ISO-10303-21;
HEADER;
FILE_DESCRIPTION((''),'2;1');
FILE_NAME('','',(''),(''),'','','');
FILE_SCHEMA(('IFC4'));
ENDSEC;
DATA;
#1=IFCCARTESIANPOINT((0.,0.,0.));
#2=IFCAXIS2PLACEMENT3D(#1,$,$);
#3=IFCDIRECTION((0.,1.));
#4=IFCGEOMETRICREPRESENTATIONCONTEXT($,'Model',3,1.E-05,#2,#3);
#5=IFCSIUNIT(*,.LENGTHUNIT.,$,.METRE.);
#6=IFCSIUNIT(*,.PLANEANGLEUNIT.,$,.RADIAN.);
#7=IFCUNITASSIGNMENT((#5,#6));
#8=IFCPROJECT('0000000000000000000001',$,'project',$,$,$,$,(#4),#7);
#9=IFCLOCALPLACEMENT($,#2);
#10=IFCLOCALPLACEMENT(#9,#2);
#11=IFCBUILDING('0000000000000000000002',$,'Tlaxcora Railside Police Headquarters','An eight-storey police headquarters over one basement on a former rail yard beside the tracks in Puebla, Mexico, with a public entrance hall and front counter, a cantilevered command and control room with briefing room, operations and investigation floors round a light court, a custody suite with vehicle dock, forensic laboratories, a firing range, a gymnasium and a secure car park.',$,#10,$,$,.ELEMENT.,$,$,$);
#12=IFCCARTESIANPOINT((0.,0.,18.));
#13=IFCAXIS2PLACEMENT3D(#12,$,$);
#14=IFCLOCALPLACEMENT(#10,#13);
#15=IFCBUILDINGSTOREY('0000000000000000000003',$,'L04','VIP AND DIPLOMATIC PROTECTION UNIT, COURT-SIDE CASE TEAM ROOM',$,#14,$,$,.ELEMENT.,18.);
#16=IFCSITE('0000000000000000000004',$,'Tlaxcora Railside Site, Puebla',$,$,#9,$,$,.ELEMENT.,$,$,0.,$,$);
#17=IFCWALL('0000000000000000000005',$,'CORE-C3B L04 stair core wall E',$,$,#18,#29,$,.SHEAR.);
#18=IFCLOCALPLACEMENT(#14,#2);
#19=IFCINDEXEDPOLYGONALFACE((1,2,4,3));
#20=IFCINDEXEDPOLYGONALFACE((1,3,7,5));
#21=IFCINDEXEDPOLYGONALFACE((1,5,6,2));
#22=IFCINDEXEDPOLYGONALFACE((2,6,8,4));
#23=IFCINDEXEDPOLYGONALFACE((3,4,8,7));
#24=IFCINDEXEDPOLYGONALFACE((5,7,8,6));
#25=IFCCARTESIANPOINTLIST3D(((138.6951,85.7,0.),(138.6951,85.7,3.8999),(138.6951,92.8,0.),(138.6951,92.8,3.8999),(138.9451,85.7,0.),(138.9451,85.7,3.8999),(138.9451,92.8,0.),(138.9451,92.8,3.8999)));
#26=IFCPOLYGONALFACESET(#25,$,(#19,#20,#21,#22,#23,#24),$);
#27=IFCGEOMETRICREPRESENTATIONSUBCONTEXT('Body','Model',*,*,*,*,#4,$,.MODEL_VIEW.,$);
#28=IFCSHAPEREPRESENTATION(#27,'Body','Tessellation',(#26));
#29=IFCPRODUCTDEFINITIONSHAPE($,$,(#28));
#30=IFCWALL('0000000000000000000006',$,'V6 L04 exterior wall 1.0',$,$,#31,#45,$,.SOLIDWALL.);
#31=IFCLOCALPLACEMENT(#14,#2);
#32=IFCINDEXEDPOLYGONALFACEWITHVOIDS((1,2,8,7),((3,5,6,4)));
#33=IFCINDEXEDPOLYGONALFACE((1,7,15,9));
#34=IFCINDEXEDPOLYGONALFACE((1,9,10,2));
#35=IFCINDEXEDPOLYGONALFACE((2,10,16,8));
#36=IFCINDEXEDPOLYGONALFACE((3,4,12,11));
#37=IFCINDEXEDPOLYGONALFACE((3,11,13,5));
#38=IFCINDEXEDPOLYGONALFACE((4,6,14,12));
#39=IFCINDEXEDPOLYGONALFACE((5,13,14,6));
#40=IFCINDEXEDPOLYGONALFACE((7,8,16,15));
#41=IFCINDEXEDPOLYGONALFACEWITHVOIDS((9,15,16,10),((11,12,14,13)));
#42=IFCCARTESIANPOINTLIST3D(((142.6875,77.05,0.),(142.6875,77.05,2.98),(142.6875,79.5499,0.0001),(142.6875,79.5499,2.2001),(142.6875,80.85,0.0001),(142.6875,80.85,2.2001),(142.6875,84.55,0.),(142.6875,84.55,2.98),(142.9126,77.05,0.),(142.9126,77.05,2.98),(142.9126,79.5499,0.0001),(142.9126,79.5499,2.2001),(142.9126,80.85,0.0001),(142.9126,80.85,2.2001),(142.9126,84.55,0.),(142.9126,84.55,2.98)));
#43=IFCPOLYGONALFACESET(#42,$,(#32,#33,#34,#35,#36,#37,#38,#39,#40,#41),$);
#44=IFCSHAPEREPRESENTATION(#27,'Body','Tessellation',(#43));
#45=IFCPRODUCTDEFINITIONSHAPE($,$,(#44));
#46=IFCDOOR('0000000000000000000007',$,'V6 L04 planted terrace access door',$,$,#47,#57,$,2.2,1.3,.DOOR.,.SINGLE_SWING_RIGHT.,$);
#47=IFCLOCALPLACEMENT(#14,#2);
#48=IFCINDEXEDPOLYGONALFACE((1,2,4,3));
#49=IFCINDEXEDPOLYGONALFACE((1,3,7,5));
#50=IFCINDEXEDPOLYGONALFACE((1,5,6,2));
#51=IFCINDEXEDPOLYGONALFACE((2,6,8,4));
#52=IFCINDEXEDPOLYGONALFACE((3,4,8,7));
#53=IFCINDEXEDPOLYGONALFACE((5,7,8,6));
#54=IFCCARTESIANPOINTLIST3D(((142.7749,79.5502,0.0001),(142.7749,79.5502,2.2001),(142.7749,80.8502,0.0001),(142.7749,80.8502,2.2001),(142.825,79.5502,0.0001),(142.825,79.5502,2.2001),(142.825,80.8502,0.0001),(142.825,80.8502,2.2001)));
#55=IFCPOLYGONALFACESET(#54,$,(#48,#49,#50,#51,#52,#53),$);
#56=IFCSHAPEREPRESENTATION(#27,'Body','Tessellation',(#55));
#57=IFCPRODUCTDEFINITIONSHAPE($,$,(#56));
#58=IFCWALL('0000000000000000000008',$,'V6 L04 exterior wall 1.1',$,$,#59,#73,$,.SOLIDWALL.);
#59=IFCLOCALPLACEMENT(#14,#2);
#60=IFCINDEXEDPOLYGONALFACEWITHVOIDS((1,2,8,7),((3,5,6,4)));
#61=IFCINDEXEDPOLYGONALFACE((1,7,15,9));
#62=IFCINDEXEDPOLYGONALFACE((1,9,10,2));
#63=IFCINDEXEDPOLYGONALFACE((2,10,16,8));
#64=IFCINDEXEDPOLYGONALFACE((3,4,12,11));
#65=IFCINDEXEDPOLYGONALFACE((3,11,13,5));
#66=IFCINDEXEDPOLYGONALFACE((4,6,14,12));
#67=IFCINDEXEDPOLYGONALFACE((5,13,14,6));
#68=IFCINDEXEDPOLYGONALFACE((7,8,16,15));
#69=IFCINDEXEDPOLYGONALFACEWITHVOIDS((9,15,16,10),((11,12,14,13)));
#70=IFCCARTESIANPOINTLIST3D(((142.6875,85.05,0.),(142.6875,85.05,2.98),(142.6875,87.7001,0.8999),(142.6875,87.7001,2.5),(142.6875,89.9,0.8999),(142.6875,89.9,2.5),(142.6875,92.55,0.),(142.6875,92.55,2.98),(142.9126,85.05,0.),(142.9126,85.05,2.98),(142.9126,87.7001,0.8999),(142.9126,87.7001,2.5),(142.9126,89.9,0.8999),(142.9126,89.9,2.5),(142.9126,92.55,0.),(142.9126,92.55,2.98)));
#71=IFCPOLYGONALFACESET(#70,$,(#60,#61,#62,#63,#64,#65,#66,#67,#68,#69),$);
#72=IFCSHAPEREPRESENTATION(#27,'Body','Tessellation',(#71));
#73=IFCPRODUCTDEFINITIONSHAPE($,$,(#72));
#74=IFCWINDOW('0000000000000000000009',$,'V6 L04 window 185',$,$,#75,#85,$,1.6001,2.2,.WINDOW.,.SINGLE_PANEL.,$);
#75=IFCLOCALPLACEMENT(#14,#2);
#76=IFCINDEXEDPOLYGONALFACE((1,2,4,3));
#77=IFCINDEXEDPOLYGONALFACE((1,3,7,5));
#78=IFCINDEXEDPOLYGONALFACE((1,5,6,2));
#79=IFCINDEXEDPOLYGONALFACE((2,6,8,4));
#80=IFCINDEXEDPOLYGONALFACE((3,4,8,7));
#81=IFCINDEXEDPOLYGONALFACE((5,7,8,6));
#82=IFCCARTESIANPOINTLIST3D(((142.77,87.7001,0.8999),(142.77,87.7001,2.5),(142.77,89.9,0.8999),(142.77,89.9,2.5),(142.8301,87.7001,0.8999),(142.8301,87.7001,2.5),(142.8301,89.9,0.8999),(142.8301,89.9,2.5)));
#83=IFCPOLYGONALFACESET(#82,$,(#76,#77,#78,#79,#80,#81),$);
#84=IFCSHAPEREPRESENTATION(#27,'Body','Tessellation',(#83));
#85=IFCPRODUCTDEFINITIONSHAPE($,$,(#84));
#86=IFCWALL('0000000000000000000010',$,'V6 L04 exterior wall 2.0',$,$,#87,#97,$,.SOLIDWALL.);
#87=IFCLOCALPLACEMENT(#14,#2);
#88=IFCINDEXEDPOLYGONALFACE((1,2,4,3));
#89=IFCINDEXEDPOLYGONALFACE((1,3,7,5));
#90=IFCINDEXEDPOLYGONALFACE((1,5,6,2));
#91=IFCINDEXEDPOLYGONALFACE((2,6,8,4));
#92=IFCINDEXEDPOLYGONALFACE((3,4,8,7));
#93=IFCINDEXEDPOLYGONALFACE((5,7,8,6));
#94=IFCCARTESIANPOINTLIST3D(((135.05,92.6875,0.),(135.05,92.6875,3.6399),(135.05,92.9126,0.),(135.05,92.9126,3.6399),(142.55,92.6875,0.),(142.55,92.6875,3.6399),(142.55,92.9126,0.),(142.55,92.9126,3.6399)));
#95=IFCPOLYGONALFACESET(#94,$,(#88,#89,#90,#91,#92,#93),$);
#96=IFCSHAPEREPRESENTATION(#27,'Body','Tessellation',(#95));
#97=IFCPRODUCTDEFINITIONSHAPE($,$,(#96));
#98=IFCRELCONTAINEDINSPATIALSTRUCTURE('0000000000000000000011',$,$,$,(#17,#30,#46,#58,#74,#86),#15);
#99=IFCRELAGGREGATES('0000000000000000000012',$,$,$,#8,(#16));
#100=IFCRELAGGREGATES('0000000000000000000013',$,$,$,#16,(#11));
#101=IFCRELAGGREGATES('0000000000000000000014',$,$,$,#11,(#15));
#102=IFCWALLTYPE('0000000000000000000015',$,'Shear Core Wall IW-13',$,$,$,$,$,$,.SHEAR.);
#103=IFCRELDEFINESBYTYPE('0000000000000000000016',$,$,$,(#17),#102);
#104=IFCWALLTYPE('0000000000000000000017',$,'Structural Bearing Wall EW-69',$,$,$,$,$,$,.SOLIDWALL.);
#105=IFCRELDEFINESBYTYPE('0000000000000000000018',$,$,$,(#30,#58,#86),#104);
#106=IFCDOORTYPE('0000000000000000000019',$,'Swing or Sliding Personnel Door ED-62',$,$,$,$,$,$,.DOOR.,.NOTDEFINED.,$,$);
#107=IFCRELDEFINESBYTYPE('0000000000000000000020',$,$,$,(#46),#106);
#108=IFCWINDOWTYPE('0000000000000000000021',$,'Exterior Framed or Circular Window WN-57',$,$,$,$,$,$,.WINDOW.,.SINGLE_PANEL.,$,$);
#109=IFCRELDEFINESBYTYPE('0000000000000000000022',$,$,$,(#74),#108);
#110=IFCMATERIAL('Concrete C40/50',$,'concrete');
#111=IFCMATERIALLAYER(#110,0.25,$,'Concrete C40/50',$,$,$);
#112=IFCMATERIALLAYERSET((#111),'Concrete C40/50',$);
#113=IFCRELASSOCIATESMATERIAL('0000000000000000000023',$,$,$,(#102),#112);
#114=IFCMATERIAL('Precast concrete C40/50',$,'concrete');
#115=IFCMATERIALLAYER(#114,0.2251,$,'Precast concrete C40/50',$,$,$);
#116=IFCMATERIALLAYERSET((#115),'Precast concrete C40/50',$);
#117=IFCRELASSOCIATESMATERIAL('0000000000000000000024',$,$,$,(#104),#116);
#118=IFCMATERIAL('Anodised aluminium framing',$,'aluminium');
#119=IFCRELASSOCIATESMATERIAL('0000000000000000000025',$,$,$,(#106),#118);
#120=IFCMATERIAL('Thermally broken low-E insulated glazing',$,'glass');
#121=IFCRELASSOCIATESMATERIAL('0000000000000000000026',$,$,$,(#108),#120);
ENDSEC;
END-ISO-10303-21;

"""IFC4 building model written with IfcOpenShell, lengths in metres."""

from ifc_helpers import new_model, si_unit, direction, frame, frame_2d, origin, place, context, subcontext, project, spatial, rectangle, extrude, material, layer, layer_set, type_object, element, fill, save


model = new_model("IFC4")

# Units and contexts
model_context = context("Model", 3, precision=1e-05, world=origin(), true_north=direction((0.0, 1.0)))
body_context = subcontext(model_context, "Body", "Model", "MODEL_VIEW")
ifc_project = project(units=[si_unit("LENGTHUNIT", "METRE"), si_unit("PLANEANGLEUNIT", "RADIAN")], contexts=[model_context])

# Site, building, storey
site_placement = place(None, origin())
site = spatial("IfcSite", under=ifc_project, at=site_placement, Name="Tlaxcora Railside Site, Puebla", CompositionType="ELEMENT", RefElevation=0.0)
building_placement = place(site_placement, origin())
building = spatial("IfcBuilding", under=site, at=building_placement, Name="Tlaxcora Railside Police Headquarters", Description="An eight-storey police headquarters over one basement on a former rail yard beside the tracks in Puebla, Mexico, with a public entrance hall and front counter, a cantilevered command and control room with briefing room, operations and investigation floors round a light court, a custody suite with vehicle dock, forensic laboratories, a firing range, a gymnasium and a secure car park.", CompositionType="ELEMENT")
storey_placement = place(building_placement, frame((0.0, 0.0, 18.0)))
storey = spatial("IfcBuildingStorey", under=building, at=storey_placement, Name="L04", Description="VIP AND DIPLOMATIC PROTECTION UNIT, COURT-SIDE CASE TEAM ROOM", CompositionType="ELEMENT", Elevation=18.0)

# Shared definitions
ifc_material_1 = material(Name="Concrete C40/50", Category="concrete")

# Shared definitions
ifc_material_2 = material(Name="Thermally broken low-E insulated glazing", Category="glass")
ifc_material_3 = material(Name="Anodised aluminium framing", Category="aluminium")

# Wall
ifc_material_4 = material(Name="Precast concrete C40/50", Category="concrete")
ifc_layer_1 = layer(ifc_material_1, 0.25, Name="Concrete C40/50")
ifc_layer_set_1 = layer_set([ifc_layer_1], Name="Concrete C40/50")
wall_type_1 = type_object("IfcWallType", Name="Shear Core Wall IW-13", PredefinedType="SHEAR", material=ifc_layer_set_1)
wall_1_placement = place(storey_placement, frame((138.8201, 85.7, 0.0), z_axis=(0.0, 0.0, 1.0), x_axis=(0.0, 1.0, 0.0)))
element("IfcWall", 1, at=wall_1_placement, inside=storey, type_object=wall_type_1, Name="CORE-C3B L04 stair core wall E", PredefinedType="SHEAR", context=body_context, shape_type="SweptSolid", body=[
    extrude(rectangle(XDim=7.1001, YDim=0.25, at=frame_2d((3.55, 0.0))), origin(), (0.0, 0.0, 1.0), 3.8999),
])

# Wall, opening, door
ifc_layer_2 = layer(ifc_material_4, 0.2251, Name="Precast concrete C40/50")
ifc_layer_set_2 = layer_set([ifc_layer_2], Name="Precast concrete C40/50")
wall_type_2 = type_object("IfcWallType", Name="Structural Bearing Wall EW-69", PredefinedType="SOLIDWALL", material=ifc_layer_set_2)
wall_2_placement = place(storey_placement, frame((142.8, 77.05, 0.0), z_axis=(0.0, 0.0, 1.0), x_axis=(0.0, 1.0, 0.0)))
wall_2 = element("IfcWall", 2, at=wall_2_placement, inside=storey, type_object=wall_type_2, Name="V6 L04 exterior wall 1.0", PredefinedType="SOLIDWALL", context=body_context, shape_type="SweptSolid", body=[
    extrude(rectangle(XDim=7.5, YDim=0.2251, at=frame_2d((3.75, 0.0))), origin(), (0.0, 0.0, 1.0), 2.98),
])
opening_1_placement = place(wall_2_placement, frame((2.5, 0.0, 0.0)))
opening_1 = element("IfcOpeningElement", 3, at=opening_1_placement, cuts=wall_2, PredefinedType="OPENING", context=body_context, shape_type="SweptSolid", body=[
    extrude(rectangle(XDim=1.3, YDim=2.2, at=frame_2d((0.6499, 1.1001))), frame((0.0, 0.1226, 0.0), z_axis=(0.0, -1.0, 0.0), x_axis=(1.0, 0.0, 0.0)), (0.0, 0.0, 1.0), 0.2451),
])
door_type = type_object("IfcDoorType", Name="Swing or Sliding Personnel Door ED-62", OperationType="NOTDEFINED", PredefinedType="DOOR", material=ifc_material_3)
door_placement = place(opening_1_placement, frame((1.3, 0.0, 0.0), z_axis=(0.0, 0.0, 1.0), x_axis=(-1.0, 0.0, 0.0)))
door = element("IfcDoor", 4, at=door_placement, inside=storey, type_object=door_type, Name="V6 L04 planted terrace access door", OperationType="SINGLE_SWING_RIGHT", OverallHeight=2.2, OverallWidth=1.3, PredefinedType="DOOR", context=body_context, shape_type="SweptSolid", body=[
    extrude(rectangle(XDim=1.3, YDim=2.2, at=frame_2d((0.6499, 1.1001))), frame((0.0, 0.0249, 0.0), z_axis=(0.0, -1.0, 0.0), x_axis=(1.0, 0.0, 0.0)), (0.0, 0.0, 1.0), 0.05),
])
fill(opening_1, door)

# Wall, opening, window
wall_3_placement = place(storey_placement, frame((142.8, 85.05, 0.0), z_axis=(0.0, 0.0, 1.0), x_axis=(0.0, 1.0, 0.0)))
wall_3 = element("IfcWall", 5, at=wall_3_placement, inside=storey, type_object=wall_type_2, Name="V6 L04 exterior wall 1.1", PredefinedType="SOLIDWALL", context=body_context, shape_type="SweptSolid", body=[
    extrude(rectangle(XDim=7.5, YDim=0.2251, at=frame_2d((3.75, 0.0))), origin(), (0.0, 0.0, 1.0), 2.98),
])
opening_2_placement = place(wall_3_placement, frame((2.6499, 0.0, 0.8999)))
opening_2 = element("IfcOpeningElement", 6, at=opening_2_placement, cuts=wall_3, PredefinedType="OPENING", context=body_context, shape_type="SweptSolid", body=[
    extrude(rectangle(XDim=2.2, YDim=1.6001, at=frame_2d((1.1001, 0.8))), frame((0.0, 0.1226, 0.0), z_axis=(0.0, -1.0, 0.0), x_axis=(1.0, 0.0, 0.0)), (0.0, 0.0, 1.0), 0.2451),
])
window_type = type_object("IfcWindowType", Name="Exterior Framed or Circular Window WN-57", PartitioningType="SINGLE_PANEL", PredefinedType="WINDOW", material=ifc_material_2)
window_placement = place(opening_2_placement, origin())
window = element("IfcWindow", 7, at=window_placement, inside=storey, type_object=window_type, Name="V6 L04 window 185", OverallHeight=1.6001, OverallWidth=2.2, PartitioningType="SINGLE_PANEL", PredefinedType="WINDOW", context=body_context, shape_type="SweptSolid", body=[
    extrude(rectangle(XDim=2.2, YDim=1.6001, at=frame_2d((1.1001, 0.8))), frame((0.0, 0.03, 0.0), z_axis=(0.0, -1.0, 0.0), x_axis=(1.0, 0.0, 0.0)), (0.0, 0.0, 1.0), 0.0601),
])
fill(opening_2, window)

# Wall
wall_4_placement = place(storey_placement, frame((142.55, 92.8, 0.0), z_axis=(0.0, 0.0, 1.0), x_axis=(-1.0, 0.0, 0.0)))
element("IfcWall", 8, at=wall_4_placement, inside=storey, type_object=wall_type_2, Name="V6 L04 exterior wall 2.0", PredefinedType="SOLIDWALL", context=body_context, shape_type="SweptSolid", body=[
    extrude(rectangle(XDim=7.5, YDim=0.2251, at=frame_2d((3.75, 0.0))), origin(), (0.0, 0.0, 1.0), 3.6399),
])

save(model, "model.ifc")
